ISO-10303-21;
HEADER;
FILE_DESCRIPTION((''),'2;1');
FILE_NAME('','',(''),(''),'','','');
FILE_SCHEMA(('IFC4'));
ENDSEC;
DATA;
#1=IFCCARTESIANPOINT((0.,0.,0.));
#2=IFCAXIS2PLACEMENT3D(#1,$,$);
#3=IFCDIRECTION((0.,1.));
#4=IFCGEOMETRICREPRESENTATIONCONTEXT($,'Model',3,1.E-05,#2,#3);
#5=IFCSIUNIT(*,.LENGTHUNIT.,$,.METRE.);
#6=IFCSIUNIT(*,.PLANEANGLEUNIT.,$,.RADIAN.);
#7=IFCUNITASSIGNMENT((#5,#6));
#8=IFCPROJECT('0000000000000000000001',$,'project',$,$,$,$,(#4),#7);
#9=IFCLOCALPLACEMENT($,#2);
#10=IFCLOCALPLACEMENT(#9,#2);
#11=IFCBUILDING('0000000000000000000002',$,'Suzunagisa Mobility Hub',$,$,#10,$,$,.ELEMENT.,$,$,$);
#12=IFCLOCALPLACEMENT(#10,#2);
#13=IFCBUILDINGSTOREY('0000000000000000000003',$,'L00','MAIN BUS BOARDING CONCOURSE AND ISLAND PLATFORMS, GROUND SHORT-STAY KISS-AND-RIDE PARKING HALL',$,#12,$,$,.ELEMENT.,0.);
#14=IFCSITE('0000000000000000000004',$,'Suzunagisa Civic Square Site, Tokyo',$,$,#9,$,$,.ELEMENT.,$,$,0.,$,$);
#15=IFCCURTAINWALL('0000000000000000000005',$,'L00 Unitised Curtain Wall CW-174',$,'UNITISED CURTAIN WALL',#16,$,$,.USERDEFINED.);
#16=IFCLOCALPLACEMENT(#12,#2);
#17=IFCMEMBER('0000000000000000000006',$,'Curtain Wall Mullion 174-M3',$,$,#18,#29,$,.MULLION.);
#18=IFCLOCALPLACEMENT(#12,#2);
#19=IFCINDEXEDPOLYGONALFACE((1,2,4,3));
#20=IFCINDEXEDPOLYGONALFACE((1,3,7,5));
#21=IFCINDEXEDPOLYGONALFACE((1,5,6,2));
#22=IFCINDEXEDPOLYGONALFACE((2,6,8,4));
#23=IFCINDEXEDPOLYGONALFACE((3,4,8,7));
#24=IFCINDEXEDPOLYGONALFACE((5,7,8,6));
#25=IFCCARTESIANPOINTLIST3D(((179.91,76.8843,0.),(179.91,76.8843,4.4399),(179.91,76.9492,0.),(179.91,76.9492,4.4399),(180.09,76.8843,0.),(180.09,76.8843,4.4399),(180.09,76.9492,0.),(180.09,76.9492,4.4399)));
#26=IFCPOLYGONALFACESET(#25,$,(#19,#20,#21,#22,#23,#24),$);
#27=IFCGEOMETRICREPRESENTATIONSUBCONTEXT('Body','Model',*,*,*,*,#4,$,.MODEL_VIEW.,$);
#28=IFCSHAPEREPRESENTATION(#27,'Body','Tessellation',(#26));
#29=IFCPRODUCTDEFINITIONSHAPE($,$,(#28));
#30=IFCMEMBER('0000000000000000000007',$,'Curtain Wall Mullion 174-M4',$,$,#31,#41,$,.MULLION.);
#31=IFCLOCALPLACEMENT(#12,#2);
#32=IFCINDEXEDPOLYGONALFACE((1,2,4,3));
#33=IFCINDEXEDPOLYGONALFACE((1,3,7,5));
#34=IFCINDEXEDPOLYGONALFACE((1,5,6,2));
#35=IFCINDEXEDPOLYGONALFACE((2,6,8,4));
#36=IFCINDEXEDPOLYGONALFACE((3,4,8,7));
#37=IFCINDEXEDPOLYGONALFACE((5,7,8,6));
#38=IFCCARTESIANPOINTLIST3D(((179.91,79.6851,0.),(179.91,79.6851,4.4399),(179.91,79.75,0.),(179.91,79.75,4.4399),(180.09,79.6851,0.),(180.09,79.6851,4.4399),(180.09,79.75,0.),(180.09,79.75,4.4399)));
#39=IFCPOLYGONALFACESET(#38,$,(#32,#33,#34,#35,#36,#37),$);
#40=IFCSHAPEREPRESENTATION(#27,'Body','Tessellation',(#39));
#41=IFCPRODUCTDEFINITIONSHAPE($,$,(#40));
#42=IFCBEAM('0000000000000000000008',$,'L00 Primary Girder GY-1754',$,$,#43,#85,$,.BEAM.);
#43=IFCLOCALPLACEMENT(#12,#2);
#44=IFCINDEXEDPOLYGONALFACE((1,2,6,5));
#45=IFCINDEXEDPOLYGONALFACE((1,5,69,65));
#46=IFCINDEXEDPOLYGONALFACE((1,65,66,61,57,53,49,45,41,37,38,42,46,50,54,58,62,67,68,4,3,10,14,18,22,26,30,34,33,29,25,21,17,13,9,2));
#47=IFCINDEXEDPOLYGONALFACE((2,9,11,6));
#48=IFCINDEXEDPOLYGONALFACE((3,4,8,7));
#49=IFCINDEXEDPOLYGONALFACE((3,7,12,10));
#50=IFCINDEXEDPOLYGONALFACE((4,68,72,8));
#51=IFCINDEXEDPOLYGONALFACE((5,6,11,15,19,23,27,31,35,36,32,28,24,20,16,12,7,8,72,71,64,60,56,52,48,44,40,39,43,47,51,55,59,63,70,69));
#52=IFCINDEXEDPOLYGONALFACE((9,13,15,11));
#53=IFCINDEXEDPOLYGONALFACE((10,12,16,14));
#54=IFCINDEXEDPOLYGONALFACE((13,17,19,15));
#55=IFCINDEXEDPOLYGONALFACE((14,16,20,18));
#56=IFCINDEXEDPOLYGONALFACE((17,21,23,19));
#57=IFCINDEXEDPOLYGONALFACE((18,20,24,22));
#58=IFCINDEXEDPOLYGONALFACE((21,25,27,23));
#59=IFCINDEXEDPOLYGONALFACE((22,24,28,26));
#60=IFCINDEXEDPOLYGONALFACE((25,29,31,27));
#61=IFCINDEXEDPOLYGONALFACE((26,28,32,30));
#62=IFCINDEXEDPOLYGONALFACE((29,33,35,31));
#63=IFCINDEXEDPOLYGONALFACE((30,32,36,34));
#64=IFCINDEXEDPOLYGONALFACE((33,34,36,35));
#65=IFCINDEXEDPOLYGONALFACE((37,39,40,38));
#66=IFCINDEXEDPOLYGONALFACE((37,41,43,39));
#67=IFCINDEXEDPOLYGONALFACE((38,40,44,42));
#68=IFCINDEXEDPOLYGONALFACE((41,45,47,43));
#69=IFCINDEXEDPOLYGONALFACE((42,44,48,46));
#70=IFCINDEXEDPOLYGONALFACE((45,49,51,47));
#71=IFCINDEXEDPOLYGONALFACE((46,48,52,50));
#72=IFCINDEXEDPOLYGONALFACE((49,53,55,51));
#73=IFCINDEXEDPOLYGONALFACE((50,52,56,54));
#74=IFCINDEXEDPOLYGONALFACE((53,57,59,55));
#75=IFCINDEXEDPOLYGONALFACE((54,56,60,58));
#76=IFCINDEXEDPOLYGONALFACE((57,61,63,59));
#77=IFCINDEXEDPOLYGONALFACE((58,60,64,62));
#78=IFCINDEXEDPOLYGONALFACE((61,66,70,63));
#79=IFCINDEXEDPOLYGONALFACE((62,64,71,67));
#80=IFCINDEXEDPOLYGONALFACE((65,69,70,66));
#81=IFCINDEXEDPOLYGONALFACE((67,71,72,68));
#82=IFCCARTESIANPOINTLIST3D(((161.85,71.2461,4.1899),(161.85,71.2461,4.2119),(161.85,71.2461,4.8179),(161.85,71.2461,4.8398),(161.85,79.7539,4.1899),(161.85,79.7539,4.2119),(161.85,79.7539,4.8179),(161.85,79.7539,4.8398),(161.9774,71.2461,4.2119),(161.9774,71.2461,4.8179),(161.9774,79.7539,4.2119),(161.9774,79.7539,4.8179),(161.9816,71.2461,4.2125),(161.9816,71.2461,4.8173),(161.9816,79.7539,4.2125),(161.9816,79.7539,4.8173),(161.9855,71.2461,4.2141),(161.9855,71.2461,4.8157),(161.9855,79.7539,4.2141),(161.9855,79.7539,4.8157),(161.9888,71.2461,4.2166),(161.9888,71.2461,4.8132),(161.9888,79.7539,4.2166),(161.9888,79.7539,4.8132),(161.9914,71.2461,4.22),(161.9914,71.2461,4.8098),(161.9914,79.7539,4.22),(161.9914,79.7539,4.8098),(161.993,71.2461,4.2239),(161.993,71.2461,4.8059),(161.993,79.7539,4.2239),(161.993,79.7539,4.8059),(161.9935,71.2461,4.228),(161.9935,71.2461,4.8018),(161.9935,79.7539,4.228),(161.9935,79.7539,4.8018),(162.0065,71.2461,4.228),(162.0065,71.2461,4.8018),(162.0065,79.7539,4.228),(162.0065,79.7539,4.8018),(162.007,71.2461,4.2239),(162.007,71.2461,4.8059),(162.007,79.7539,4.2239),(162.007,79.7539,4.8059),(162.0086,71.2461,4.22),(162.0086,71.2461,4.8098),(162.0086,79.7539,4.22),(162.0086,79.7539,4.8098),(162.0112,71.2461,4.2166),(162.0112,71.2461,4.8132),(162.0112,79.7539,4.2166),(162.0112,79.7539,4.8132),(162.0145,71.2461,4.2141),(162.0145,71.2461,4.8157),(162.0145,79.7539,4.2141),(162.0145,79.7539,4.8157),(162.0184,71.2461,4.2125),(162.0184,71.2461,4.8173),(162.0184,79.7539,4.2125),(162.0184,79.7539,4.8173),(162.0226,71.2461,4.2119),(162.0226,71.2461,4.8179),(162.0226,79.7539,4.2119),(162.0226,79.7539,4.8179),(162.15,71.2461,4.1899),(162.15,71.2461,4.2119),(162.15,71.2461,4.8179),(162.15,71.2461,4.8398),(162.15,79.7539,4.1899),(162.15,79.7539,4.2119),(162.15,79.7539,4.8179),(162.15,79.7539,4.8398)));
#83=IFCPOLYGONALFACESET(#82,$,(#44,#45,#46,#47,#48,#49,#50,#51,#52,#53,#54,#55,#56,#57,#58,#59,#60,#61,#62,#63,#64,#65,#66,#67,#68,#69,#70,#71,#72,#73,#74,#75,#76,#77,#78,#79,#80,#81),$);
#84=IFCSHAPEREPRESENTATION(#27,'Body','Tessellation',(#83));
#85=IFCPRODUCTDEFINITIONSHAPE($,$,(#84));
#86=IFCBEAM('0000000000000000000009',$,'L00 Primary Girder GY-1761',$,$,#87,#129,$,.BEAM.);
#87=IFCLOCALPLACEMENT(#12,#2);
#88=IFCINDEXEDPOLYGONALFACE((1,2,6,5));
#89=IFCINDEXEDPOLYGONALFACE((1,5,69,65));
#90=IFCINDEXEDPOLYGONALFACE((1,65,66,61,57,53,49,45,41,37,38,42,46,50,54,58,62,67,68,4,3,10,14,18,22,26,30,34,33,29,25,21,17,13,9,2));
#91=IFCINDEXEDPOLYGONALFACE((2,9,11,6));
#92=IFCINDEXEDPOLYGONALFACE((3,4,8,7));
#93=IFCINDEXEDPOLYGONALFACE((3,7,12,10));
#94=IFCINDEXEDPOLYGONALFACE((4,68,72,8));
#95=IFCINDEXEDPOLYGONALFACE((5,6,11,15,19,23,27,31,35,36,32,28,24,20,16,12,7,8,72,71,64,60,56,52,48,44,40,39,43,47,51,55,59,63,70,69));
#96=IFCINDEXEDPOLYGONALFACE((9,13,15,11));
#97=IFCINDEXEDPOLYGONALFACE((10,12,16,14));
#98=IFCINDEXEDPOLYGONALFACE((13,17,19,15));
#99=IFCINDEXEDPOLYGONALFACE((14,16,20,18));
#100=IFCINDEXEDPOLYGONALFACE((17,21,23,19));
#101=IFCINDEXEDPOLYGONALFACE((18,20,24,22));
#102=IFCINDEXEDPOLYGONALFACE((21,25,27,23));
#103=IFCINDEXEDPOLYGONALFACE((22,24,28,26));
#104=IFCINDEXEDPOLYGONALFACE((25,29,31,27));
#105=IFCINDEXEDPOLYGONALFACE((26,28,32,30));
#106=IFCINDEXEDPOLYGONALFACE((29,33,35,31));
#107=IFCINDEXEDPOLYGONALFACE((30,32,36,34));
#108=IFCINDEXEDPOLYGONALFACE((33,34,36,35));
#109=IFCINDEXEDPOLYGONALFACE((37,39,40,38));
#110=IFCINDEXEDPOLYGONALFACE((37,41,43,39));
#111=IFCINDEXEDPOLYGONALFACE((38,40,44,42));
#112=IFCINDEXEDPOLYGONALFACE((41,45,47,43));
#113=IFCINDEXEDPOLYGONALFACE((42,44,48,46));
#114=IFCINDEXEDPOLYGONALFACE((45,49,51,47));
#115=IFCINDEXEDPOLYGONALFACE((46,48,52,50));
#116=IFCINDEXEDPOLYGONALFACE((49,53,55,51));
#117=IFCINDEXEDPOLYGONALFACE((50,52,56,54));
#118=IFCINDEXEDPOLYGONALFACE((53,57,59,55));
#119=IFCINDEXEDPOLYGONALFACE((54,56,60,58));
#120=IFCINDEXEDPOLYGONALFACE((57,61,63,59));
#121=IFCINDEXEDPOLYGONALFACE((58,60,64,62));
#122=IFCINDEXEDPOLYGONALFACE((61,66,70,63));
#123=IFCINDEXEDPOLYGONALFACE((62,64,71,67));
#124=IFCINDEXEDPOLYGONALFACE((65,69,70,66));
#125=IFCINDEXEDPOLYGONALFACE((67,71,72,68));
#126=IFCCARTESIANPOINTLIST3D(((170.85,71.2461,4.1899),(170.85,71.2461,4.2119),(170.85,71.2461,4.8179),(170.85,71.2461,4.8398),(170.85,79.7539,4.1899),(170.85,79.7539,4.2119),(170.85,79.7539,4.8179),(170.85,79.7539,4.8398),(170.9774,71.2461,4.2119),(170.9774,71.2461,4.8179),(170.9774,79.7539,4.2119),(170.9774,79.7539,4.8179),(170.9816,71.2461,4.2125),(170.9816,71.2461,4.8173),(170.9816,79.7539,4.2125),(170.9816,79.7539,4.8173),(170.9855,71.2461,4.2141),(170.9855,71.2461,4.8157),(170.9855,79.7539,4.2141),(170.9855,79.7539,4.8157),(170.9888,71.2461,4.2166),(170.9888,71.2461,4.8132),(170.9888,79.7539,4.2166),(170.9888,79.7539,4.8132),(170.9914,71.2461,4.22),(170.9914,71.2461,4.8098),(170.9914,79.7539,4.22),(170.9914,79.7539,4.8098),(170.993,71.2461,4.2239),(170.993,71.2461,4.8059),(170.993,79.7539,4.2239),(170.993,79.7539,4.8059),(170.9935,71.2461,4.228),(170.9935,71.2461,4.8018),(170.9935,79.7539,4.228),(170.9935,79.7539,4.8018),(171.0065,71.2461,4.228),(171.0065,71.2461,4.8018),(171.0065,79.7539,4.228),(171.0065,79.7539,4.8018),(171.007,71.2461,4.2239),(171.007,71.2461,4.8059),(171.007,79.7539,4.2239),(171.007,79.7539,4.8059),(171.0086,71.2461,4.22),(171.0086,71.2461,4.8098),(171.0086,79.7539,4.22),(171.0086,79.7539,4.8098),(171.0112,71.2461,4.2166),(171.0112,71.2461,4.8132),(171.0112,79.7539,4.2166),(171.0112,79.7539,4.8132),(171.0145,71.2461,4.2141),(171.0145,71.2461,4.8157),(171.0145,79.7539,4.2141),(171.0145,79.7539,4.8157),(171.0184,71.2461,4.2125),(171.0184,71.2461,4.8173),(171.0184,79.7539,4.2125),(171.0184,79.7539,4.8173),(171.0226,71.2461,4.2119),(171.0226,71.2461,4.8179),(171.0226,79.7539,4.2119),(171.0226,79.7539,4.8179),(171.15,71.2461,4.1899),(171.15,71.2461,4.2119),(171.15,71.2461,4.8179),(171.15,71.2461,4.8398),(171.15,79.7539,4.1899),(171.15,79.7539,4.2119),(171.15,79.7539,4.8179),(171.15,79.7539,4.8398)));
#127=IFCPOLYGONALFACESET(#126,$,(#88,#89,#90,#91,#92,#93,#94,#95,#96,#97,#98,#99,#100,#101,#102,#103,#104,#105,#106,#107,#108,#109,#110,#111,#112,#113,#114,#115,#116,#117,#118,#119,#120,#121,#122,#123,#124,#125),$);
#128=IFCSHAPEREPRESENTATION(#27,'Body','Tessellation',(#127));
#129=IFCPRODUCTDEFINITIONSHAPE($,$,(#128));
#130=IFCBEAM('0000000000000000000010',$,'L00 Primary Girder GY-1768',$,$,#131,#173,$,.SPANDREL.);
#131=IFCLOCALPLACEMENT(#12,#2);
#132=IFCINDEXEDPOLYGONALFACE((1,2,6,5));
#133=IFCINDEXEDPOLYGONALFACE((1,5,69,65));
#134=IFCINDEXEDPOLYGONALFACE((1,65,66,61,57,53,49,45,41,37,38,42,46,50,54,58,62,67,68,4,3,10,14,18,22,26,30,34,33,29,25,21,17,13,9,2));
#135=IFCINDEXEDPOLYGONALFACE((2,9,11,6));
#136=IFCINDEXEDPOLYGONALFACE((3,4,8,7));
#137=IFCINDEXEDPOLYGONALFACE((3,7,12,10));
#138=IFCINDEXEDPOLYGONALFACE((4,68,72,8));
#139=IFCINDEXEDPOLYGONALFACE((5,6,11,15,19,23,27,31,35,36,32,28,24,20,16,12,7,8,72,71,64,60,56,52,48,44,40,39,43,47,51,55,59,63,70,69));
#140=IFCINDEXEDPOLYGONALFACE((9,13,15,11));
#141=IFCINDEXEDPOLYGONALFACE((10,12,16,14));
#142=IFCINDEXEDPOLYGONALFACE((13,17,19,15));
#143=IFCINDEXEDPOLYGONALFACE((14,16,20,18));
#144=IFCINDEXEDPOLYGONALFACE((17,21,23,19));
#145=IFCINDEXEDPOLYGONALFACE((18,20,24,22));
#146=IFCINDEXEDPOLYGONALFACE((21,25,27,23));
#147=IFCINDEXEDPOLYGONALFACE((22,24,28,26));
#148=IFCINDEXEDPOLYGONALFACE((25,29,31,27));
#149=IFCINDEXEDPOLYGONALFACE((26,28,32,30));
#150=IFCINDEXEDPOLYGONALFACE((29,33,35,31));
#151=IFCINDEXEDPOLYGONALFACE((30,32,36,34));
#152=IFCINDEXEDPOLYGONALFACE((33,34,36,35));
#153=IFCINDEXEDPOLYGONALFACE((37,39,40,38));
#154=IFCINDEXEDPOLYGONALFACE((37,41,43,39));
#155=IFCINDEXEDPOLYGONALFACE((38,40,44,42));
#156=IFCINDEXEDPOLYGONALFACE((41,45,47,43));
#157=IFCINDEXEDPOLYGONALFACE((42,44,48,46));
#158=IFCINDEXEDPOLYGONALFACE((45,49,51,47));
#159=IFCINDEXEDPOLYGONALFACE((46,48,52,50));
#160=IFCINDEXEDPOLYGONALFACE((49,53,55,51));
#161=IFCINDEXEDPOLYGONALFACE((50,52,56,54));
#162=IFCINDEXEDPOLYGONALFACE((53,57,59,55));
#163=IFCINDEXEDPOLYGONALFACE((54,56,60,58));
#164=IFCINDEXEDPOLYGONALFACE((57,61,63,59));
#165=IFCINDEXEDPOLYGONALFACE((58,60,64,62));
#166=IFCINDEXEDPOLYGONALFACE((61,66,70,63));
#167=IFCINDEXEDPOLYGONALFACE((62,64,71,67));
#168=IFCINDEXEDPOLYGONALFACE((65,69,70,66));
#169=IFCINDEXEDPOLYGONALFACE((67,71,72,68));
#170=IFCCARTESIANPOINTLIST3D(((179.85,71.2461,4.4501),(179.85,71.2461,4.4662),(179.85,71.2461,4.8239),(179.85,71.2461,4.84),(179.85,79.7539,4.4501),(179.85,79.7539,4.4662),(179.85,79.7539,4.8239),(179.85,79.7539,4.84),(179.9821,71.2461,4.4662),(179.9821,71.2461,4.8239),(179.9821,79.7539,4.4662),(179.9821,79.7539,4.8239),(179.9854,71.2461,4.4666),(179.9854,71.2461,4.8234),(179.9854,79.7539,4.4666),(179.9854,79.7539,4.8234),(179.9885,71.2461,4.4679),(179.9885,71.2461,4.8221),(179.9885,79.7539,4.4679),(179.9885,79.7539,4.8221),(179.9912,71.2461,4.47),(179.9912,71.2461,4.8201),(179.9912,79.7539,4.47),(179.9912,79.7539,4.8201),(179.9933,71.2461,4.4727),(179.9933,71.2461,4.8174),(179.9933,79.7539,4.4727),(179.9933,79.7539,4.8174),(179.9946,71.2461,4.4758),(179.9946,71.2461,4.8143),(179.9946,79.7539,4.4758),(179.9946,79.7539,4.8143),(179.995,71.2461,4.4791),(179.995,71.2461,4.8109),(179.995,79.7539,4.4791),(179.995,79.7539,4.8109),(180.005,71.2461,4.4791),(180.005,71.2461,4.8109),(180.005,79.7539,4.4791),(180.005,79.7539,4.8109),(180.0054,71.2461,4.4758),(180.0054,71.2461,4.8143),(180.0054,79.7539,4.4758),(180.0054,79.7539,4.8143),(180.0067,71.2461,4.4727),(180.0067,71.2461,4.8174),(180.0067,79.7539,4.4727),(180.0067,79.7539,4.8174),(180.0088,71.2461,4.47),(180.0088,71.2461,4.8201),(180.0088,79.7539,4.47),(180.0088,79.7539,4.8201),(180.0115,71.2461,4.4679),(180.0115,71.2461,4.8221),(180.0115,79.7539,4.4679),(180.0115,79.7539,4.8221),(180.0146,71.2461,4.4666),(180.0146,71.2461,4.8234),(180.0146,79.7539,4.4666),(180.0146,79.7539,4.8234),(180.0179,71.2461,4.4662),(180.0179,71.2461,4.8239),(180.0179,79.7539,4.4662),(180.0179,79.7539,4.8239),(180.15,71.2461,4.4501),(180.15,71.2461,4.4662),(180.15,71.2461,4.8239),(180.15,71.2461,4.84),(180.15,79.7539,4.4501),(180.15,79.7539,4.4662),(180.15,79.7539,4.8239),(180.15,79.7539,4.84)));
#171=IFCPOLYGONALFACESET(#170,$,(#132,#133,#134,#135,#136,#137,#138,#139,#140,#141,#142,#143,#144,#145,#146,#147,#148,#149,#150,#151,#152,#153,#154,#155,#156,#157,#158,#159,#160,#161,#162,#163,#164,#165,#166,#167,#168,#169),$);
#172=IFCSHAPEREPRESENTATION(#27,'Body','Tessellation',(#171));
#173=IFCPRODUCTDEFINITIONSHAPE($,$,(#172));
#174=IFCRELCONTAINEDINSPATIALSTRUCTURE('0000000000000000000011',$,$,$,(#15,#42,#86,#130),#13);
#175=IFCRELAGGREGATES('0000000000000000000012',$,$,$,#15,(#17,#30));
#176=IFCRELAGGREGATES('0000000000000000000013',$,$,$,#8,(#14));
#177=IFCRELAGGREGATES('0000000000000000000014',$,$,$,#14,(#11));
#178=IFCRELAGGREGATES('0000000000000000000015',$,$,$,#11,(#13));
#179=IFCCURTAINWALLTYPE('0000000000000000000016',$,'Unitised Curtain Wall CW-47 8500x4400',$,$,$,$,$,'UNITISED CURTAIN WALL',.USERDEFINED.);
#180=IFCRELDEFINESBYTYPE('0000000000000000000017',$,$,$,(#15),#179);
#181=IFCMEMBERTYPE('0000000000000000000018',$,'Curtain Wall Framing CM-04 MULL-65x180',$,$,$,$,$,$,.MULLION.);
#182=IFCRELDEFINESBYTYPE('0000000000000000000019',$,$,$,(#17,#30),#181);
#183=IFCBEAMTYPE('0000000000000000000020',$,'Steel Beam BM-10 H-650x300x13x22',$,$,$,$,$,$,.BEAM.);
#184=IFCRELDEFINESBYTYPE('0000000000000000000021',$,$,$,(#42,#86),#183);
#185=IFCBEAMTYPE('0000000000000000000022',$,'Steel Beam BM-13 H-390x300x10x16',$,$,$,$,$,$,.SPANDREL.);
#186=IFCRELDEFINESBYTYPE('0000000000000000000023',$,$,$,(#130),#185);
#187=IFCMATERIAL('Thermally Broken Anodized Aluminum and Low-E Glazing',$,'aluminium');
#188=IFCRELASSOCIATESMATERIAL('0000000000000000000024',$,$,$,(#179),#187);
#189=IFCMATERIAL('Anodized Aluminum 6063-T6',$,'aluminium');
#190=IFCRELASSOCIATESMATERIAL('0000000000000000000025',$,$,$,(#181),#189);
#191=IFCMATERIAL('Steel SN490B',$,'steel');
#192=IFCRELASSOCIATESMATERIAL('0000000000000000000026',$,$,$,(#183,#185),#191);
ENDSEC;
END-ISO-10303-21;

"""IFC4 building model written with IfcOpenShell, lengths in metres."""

from ifc_helpers import new_model, si_unit, direction, frame, origin, origin_2d, place, context, subcontext, project, spatial, rectangle, i_section, extrude, material, material_profile, profile_set, type_object, element, aggregate, save


model = new_model("IFC4")

# Units and contexts
model_context = context("Model", 3, precision=1e-05, world=origin(), true_north=direction((0.0, 1.0)))
body_context = subcontext(model_context, "Body", "Model", "MODEL_VIEW")
ifc_project = project(units=[si_unit("LENGTHUNIT", "METRE"), si_unit("PLANEANGLEUNIT", "RADIAN")], contexts=[model_context])

# Site, building, storey
site_placement = place(None, origin())
site = spatial("IfcSite", under=ifc_project, at=site_placement, Name="Suzunagisa Civic Square Site, Tokyo", CompositionType="ELEMENT", RefElevation=0.0)
building_placement = place(site_placement, origin())
building = spatial("IfcBuilding", under=site, at=building_placement, Name="Suzunagisa Mobility Hub", CompositionType="ELEMENT")
storey_placement = place(building_placement, origin())
storey = spatial("IfcBuildingStorey", under=building, at=storey_placement, Name="L00", Description="MAIN BUS BOARDING CONCOURSE AND ISLAND PLATFORMS, GROUND SHORT-STAY KISS-AND-RIDE PARKING HALL", CompositionType="ELEMENT", Elevation=0.0)

# Shared definitions
ifc_material_1 = material(Name="Steel SN490B", Category="steel")

# Curtain wall, members
ifc_material_2 = material(Name="Thermally Broken Anodized Aluminum and Low-E Glazing", Category="aluminium")
curtain_wall_type = type_object("IfcCurtainWallType", Name="Unitised Curtain Wall CW-47 8500x4400", ElementType="UNITISED CURTAIN WALL", PredefinedType="USERDEFINED", material=ifc_material_2)
curtain_wall_placement = place(storey_placement, origin())
curtain_wall = element("IfcCurtainWall", 1, at=curtain_wall_placement, inside=storey, type_object=curtain_wall_type, Name="L00 Unitised Curtain Wall CW-174", ObjectType="UNITISED CURTAIN WALL", PredefinedType="USERDEFINED")
ifc_material_3 = material(Name="Anodized Aluminum 6063-T6", Category="aluminium")
ifc_material_profile_1 = material_profile(ifc_material_3, rectangle(XDim=0.0649, YDim=0.1799, at=origin_2d()), Name="MULL-65x180")
ifc_profile_set_1 = profile_set([ifc_material_profile_1], Name="Anodized Aluminum 6063-T6")
member_type_1 = type_object("IfcMemberType", Name="Curtain Wall Framing CM-04 MULL-65x180", PredefinedType="MULLION", material=ifc_profile_set_1)
member_1_placement = place(storey_placement, frame((180.0, 76.9167, 0.0), z_axis=(0.0, 0.0, 1.0), x_axis=(0.0, 1.0, 0.0)))
member_1 = element("IfcMember", 2, at=member_1_placement, type_object=member_type_1, Name="Curtain Wall Mullion 174-M3", PredefinedType="MULLION", context=body_context, shape_type="SweptSolid", body=[
    extrude(rectangle(XDim=0.0649, YDim=0.1799, at=origin_2d()), origin(), (0.0, 0.0, 1.0), 4.4399),
])
member_2_placement = place(storey_placement, frame((180.0, 79.7175, 0.0), z_axis=(0.0, 0.0, 1.0), x_axis=(0.0, 1.0, 0.0)))
member_2 = element("IfcMember", 3, at=member_2_placement, type_object=member_type_1, Name="Curtain Wall Mullion 174-M4", PredefinedType="MULLION", context=body_context, shape_type="SweptSolid", body=[
    extrude(rectangle(XDim=0.0649, YDim=0.1799, at=origin_2d()), origin(), (0.0, 0.0, 1.0), 4.4399),
])

# Beams
ifc_material_profile_2 = material_profile(ifc_material_1, i_section(OverallWidth=0.3, OverallDepth=0.6499, WebThickness=0.0129, FlangeThickness=0.022, FilletRadius=0.0161, at=origin_2d()), Name="H-650x300x13x22")
ifc_profile_set_2 = profile_set([ifc_material_profile_2], Name="Steel SN490B")
beam_type_1 = type_object("IfcBeamType", Name="Steel Beam BM-10 H-650x300x13x22", PredefinedType="BEAM", material=ifc_profile_set_2)
for number, where, z_axis, x_axis, name in (
    (4, (162.0, 71.2461, 4.5149), (0.0, 1.0, 0.0), (-1.0, 0.0, 0.0), "L00 Primary Girder GY-1754"),
    (5, (171.0, 71.2461, 4.5149), (0.0, 1.0, 0.0), (-1.0, 0.0, 0.0), "L00 Primary Girder GY-1761"),
):
    element("IfcBeam", number, at=place(storey_placement, frame(where, z_axis=z_axis, x_axis=x_axis)), inside=storey, type_object=beam_type_1, Name=name, PredefinedType="BEAM", context=body_context, shape_type="SweptSolid", body=[
        extrude(i_section(OverallWidth=0.3, OverallDepth=0.6499, WebThickness=0.0129, FlangeThickness=0.022, FilletRadius=0.0161, at=origin_2d()), origin(), (0.0, 0.0, 1.0), 8.5078),
    ])
ifc_material_profile_3 = material_profile(ifc_material_1, i_section(OverallWidth=0.3, OverallDepth=0.3899, WebThickness=0.01, FlangeThickness=0.0161, FilletRadius=0.0129, at=origin_2d()), Name="H-390x300x10x16")
ifc_profile_set_3 = profile_set([ifc_material_profile_3], Name="Steel SN490B")
beam_type_2 = type_object("IfcBeamType", Name="Steel Beam BM-13 H-390x300x10x16", PredefinedType="SPANDREL", material=ifc_profile_set_3)
beam_placement = place(storey_placement, frame((180.0, 71.2461, 4.645), z_axis=(0.0, 1.0, 0.0), x_axis=(-1.0, 0.0, 0.0)))
element("IfcBeam", 6, at=beam_placement, inside=storey, type_object=beam_type_2, Name="L00 Primary Girder GY-1768", PredefinedType="SPANDREL", context=body_context, shape_type="SweptSolid", body=[
    extrude(i_section(OverallWidth=0.3, OverallDepth=0.3899, WebThickness=0.01, FlangeThickness=0.0161, FilletRadius=0.0129, at=origin_2d()), origin(), (0.0, 0.0, 1.0), 8.5078),
])

aggregate(curtain_wall, [member_1, member_2])

save(model, "model.ifc")
